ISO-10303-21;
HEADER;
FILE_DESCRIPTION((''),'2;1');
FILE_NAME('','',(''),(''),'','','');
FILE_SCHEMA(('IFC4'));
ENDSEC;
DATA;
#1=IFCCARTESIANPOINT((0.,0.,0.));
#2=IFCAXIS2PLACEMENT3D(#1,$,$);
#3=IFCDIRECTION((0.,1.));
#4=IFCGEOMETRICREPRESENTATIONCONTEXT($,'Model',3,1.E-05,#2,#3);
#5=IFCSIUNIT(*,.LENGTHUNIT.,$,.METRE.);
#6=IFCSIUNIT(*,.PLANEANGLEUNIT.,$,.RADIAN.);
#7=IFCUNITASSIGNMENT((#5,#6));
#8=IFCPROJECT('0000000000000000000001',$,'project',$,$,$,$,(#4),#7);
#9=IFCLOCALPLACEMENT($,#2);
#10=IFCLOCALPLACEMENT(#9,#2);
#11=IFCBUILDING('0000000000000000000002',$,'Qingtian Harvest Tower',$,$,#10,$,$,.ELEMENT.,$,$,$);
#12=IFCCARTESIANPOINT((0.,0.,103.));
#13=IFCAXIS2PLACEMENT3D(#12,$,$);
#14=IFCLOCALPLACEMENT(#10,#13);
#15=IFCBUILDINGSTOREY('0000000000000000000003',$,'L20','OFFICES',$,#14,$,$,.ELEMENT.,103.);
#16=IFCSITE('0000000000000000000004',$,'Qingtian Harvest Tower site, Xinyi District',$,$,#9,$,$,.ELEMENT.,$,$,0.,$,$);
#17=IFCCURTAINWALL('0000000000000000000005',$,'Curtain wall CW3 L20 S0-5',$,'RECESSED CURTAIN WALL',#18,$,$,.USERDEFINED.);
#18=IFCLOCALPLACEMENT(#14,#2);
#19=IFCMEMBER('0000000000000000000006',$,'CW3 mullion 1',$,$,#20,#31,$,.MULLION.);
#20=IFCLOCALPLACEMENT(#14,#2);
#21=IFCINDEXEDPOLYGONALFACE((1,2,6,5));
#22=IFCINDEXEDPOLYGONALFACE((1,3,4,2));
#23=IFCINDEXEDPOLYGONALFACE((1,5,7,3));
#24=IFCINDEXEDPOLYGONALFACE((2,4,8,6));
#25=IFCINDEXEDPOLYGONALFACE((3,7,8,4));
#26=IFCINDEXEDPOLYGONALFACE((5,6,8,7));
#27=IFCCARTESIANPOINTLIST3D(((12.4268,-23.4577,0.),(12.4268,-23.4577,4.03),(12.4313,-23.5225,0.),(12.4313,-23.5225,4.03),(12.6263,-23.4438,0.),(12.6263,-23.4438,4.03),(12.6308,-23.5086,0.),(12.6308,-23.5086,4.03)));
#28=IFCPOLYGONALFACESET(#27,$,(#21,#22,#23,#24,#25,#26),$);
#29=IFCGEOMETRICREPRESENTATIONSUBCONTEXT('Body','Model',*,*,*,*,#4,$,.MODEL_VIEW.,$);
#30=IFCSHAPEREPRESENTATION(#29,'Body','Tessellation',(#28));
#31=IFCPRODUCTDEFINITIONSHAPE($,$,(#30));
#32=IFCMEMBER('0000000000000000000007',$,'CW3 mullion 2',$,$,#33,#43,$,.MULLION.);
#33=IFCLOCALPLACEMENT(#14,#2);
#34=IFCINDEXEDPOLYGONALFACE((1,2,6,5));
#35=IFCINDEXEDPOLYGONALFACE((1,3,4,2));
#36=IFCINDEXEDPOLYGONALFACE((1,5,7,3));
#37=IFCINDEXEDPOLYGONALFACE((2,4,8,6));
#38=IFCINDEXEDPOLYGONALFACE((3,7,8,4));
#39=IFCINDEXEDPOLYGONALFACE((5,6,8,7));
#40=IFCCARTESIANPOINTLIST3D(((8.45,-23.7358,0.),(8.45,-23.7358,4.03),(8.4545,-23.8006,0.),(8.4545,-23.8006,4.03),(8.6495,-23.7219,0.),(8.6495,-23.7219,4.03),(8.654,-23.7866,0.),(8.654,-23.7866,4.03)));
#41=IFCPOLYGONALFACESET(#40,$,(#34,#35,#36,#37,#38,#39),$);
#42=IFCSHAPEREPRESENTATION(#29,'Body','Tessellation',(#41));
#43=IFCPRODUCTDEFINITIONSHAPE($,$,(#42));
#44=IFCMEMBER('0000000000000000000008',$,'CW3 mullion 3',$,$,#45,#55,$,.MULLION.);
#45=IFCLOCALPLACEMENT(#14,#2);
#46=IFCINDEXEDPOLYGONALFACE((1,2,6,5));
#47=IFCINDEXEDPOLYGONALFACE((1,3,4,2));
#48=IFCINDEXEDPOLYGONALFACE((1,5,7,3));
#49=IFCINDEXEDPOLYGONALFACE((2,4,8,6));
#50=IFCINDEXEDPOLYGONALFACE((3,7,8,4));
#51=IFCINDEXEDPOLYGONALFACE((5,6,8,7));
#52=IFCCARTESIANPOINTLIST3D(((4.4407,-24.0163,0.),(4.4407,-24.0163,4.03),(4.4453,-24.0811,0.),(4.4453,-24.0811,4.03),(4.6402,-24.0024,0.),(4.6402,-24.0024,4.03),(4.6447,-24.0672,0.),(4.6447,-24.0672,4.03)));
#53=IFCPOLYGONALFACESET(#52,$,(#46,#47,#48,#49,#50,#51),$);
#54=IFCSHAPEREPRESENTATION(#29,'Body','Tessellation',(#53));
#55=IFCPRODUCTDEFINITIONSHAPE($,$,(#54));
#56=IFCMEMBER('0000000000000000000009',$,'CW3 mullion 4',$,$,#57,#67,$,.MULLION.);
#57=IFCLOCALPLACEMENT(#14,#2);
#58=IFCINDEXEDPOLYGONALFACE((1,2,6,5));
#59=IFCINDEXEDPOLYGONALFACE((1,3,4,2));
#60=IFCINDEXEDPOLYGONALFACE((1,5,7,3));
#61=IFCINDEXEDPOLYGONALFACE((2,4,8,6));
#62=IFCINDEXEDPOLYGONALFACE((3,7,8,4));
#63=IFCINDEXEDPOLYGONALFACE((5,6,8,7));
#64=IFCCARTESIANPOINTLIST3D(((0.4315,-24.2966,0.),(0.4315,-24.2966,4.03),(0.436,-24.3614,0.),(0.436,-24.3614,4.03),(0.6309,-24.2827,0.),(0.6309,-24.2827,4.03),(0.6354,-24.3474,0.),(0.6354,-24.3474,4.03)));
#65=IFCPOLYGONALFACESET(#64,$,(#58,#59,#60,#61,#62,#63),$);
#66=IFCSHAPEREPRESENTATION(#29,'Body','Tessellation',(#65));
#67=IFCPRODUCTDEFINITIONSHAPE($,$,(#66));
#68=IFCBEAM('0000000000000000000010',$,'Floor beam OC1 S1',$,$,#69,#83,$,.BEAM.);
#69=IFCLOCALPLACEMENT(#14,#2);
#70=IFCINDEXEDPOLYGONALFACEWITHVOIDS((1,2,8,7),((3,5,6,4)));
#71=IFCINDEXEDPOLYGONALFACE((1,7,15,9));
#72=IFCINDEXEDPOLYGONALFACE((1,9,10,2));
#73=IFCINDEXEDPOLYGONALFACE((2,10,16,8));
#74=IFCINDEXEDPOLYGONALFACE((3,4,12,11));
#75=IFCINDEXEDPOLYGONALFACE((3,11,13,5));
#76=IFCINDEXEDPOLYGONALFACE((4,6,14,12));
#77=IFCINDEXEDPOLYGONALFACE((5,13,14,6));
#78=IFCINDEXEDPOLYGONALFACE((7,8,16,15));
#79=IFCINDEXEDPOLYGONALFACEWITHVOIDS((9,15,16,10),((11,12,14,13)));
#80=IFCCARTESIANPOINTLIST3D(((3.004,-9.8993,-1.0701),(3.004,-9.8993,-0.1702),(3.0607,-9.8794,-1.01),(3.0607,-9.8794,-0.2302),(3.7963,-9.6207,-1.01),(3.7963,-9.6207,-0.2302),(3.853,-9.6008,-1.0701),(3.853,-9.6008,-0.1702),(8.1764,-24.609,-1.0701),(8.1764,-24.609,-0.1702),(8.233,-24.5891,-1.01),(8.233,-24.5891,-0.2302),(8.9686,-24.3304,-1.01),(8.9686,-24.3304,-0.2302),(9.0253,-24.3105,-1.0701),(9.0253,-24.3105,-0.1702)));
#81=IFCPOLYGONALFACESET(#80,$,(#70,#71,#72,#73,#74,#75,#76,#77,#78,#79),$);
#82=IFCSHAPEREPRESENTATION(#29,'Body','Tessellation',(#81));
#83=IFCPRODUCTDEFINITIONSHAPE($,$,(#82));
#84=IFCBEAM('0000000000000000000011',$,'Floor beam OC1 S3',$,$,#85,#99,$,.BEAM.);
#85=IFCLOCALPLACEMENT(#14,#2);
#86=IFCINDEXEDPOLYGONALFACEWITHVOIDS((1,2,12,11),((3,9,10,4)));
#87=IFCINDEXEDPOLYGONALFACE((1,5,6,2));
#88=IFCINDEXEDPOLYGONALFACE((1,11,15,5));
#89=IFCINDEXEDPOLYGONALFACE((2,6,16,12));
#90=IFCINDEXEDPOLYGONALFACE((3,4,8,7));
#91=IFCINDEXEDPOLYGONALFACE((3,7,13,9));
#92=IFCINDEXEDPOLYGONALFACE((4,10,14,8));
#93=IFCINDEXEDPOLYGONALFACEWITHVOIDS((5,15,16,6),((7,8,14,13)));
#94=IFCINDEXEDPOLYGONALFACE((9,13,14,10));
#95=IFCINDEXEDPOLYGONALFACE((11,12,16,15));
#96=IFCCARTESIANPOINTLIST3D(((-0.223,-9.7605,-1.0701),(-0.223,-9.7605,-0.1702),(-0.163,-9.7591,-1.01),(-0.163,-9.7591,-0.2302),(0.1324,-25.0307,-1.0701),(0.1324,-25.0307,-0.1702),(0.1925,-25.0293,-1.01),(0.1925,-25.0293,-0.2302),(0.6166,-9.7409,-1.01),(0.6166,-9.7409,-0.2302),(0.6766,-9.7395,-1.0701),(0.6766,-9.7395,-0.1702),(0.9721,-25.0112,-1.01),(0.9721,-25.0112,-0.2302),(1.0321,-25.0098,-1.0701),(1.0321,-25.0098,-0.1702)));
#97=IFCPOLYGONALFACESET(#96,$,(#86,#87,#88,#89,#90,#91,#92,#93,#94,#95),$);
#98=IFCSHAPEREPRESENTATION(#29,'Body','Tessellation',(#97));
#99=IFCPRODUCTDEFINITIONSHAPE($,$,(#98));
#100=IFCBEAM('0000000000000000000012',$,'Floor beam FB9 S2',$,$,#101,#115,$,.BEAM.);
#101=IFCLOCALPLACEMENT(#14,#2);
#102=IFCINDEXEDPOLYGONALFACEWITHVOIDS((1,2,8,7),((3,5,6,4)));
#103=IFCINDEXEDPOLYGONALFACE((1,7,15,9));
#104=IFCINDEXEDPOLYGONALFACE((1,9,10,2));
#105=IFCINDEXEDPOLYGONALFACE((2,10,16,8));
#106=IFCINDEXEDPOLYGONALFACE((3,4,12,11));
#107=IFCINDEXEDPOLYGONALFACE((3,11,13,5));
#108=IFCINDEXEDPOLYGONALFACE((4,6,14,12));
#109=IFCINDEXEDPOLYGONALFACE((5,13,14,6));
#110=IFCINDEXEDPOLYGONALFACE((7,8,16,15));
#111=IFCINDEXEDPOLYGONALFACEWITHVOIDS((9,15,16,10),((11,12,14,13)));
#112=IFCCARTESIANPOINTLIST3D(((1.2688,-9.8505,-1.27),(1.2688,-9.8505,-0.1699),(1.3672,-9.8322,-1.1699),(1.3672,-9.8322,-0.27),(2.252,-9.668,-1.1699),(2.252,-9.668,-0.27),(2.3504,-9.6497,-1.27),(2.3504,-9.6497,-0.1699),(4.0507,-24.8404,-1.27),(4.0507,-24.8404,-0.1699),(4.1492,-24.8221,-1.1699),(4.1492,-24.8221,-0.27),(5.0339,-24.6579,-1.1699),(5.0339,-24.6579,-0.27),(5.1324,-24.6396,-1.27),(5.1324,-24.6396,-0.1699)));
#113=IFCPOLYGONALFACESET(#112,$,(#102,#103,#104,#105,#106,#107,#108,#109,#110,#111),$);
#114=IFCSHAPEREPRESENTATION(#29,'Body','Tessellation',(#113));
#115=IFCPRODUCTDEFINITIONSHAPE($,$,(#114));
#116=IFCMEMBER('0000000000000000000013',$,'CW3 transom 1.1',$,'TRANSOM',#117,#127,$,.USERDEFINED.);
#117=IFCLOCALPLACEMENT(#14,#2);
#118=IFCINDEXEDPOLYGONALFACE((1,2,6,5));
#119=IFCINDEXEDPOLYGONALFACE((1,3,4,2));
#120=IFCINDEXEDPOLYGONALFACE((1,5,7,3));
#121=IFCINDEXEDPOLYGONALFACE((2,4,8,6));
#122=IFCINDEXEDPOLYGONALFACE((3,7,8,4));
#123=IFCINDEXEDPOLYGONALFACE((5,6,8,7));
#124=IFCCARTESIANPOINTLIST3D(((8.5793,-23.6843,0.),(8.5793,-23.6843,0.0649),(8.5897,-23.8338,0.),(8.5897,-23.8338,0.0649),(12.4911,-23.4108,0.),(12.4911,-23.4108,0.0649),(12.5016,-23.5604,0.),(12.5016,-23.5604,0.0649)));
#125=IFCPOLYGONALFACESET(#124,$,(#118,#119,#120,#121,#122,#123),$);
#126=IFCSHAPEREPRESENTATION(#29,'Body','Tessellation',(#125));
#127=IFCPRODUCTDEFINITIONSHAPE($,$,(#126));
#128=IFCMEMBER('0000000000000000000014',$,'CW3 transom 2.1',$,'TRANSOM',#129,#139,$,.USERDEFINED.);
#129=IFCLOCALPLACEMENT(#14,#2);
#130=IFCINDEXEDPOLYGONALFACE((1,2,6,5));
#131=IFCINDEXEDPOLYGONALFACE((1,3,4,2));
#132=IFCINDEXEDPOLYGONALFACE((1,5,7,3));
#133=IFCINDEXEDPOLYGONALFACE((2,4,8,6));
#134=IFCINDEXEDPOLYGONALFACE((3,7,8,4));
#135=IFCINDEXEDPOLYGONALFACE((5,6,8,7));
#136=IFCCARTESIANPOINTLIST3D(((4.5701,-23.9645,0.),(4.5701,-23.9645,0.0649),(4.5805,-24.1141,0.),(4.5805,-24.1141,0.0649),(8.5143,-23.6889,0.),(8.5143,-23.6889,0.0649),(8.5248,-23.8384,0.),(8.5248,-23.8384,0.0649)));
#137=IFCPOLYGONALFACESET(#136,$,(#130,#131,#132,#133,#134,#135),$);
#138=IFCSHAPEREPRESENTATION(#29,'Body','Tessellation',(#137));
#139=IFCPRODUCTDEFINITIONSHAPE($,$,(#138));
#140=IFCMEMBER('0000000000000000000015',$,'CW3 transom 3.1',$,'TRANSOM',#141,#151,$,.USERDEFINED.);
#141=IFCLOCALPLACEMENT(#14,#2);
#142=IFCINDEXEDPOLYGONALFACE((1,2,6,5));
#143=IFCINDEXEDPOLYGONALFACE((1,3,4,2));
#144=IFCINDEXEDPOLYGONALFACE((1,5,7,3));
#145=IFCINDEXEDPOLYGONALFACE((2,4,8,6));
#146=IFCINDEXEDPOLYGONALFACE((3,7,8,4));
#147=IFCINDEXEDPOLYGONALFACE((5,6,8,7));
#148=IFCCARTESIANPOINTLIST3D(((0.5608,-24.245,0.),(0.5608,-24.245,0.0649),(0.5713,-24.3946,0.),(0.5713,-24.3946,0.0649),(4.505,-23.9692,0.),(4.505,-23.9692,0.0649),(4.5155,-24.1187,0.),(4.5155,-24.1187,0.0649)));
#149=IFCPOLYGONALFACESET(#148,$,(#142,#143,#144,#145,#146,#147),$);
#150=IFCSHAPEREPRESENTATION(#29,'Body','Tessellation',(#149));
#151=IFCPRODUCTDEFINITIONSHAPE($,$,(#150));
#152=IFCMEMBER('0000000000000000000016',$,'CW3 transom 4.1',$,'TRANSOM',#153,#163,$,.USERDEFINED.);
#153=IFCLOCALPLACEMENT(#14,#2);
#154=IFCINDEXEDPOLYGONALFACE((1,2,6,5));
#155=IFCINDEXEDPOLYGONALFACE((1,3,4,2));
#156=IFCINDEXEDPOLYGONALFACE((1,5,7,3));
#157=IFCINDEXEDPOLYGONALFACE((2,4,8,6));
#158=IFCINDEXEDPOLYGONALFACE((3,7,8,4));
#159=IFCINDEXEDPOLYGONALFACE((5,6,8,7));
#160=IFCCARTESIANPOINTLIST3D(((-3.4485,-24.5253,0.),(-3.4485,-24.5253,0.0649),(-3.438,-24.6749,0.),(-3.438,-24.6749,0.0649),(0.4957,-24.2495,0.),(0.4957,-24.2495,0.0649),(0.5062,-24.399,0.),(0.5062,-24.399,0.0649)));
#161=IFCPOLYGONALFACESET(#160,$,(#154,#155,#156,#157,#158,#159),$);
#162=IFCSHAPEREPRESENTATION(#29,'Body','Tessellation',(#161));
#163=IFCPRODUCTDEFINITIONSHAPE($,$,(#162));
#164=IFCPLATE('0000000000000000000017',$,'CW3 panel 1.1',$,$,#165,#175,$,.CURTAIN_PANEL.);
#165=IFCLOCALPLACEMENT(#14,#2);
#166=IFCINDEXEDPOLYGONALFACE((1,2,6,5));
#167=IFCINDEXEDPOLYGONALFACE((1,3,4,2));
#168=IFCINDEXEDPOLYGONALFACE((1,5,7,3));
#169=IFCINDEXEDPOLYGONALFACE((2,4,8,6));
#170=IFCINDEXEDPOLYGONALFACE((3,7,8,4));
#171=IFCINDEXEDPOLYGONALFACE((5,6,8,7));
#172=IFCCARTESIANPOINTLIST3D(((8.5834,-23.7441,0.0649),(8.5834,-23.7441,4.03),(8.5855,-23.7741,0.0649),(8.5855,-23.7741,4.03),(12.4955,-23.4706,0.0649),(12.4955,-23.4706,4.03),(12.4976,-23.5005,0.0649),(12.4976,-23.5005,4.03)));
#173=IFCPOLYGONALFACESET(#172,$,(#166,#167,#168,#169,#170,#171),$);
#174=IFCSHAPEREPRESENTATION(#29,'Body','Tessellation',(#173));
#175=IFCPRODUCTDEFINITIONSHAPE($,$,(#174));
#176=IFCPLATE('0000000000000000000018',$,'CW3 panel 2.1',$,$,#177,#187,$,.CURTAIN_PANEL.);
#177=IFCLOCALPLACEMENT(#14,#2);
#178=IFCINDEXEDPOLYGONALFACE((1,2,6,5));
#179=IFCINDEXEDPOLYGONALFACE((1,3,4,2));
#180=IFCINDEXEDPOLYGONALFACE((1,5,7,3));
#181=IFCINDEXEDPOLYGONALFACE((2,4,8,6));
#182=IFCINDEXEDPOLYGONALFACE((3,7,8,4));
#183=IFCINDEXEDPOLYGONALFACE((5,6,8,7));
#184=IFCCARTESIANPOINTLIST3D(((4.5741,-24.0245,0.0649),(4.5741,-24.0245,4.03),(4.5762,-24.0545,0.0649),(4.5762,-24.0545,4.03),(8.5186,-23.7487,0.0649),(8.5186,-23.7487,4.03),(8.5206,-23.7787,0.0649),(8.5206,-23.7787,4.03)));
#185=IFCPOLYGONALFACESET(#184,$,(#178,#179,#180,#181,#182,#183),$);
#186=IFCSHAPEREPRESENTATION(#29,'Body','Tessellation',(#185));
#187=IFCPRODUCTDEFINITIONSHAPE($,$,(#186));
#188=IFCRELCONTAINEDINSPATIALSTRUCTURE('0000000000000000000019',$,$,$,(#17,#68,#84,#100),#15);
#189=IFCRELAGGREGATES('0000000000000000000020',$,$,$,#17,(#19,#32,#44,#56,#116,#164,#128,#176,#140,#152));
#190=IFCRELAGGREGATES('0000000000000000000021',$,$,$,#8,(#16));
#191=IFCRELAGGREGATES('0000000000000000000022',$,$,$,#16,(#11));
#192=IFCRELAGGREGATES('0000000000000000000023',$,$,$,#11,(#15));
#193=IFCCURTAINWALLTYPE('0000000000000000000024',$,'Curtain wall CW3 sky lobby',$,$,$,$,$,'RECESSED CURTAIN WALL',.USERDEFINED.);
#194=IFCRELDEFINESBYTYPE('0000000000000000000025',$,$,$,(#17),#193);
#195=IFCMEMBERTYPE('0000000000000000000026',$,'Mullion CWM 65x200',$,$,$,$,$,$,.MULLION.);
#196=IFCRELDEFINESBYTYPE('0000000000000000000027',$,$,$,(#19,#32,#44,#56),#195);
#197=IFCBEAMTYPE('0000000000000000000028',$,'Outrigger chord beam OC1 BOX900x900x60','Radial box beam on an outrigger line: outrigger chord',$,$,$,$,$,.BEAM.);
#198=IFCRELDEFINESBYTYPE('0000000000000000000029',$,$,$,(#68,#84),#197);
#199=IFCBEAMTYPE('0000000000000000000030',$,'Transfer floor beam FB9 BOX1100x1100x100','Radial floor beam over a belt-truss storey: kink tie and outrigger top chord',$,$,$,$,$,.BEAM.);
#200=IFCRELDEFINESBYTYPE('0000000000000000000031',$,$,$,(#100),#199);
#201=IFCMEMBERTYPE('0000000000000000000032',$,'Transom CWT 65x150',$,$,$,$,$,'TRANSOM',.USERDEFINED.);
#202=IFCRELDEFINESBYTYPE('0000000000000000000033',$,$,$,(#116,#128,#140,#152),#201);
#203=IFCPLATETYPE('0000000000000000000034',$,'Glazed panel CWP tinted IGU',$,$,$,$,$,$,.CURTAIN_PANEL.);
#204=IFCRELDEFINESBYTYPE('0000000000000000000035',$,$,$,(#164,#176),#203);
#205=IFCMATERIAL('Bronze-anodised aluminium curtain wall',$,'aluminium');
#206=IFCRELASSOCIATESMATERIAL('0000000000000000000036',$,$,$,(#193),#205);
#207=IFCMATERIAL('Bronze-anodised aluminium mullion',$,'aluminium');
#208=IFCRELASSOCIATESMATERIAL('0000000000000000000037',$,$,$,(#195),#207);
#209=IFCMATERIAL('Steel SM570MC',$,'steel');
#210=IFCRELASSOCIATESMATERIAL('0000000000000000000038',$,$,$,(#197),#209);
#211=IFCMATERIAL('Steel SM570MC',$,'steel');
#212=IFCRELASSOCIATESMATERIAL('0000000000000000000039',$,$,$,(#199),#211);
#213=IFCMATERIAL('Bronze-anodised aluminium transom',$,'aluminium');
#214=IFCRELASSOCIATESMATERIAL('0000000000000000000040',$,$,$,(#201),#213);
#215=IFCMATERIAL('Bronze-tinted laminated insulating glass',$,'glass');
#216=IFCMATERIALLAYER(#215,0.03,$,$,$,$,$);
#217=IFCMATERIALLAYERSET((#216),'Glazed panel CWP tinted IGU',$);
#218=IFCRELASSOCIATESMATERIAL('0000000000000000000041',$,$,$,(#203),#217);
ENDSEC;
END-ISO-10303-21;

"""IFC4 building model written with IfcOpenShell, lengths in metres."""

from ifc_helpers import new_model, si_unit, direction, frame, origin, origin_2d, place, context, subcontext, project, spatial, rectangle, hollow_rectangle, extrude, material, layer, layer_set, material_profile, profile_set, type_object, element, aggregate, save


model = new_model("IFC4")

# Units and contexts
model_context = context("Model", 3, precision=1e-05, world=origin(), true_north=direction((0.0, 1.0)))
body_context = subcontext(model_context, "Body", "Model", "MODEL_VIEW")
ifc_project = project(units=[si_unit("LENGTHUNIT", "METRE"), si_unit("PLANEANGLEUNIT", "RADIAN")], contexts=[model_context])

# Site, building, storey
site_placement = place(None, origin())
site = spatial("IfcSite", under=ifc_project, at=site_placement, Name="Qingtian Harvest Tower site, Xinyi District", CompositionType="ELEMENT", RefElevation=0.0)
building_placement = place(site_placement, origin())
building = spatial("IfcBuilding", under=site, at=building_placement, Name="Qingtian Harvest Tower", CompositionType="ELEMENT")
storey_placement = place(building_placement, frame((0.0, 0.0, 103.0)))
storey = spatial("IfcBuildingStorey", under=building, at=storey_placement, Name="L20", Description="OFFICES", CompositionType="ELEMENT", Elevation=103.0)

# Shared definitions
ifc_material_1 = material(Name="Bronze-anodised aluminium curtain wall", Category="aluminium")
curtain_wall_type = type_object("IfcCurtainWallType", Name="Curtain wall CW3 sky lobby", ElementType="RECESSED CURTAIN WALL", PredefinedType="USERDEFINED", material=ifc_material_1)
ifc_material_2 = material(Name="Bronze-anodised aluminium mullion", Category="aluminium")
ifc_material_profile_1 = material_profile(ifc_material_2, rectangle(XDim=0.0649, YDim=0.2, at=origin_2d()), Name="AL 65x200")
ifc_profile_set_1 = profile_set([ifc_material_profile_1], Name="Bronze-anodised aluminium mullion")
member_type_1 = type_object("IfcMemberType", Name="Mullion CWM 65x200", PredefinedType="MULLION", material=ifc_profile_set_1)

# Curtain wall, members
curtain_wall_1_placement = place(storey_placement, origin())
curtain_wall_1 = element("IfcCurtainWall", 1, at=curtain_wall_1_placement, inside=storey, type_object=curtain_wall_type, Name="Curtain wall CW3 L20 S0-5", ObjectType="RECESSED CURTAIN WALL", PredefinedType="USERDEFINED")
member_1_placement = place(storey_placement, frame((12.5288, -23.4832, 0.0), z_axis=(0.0, 0.0, 1.0), x_axis=(0.069756, -0.997564, 0.0)))
member_1 = element("IfcMember", 2, at=member_1_placement, type_object=member_type_1, Name="CW3 mullion 1", PredefinedType="MULLION", context=body_context, shape_type="SweptSolid", body=[
    extrude(rectangle(XDim=0.0649, YDim=0.2, at=origin_2d()), origin(), (0.0, 0.0, 1.0), 4.03),
])
member_2_placement = place(storey_placement, frame((8.552, -23.7612, 0.0), z_axis=(0.0, 0.0, 1.0), x_axis=(0.069756, -0.997564, 0.0)))
member_2 = element("IfcMember", 3, at=member_2_placement, type_object=member_type_1, Name="CW3 mullion 2", PredefinedType="MULLION", context=body_context, shape_type="SweptSolid", body=[
    extrude(rectangle(XDim=0.0649, YDim=0.2, at=origin_2d()), origin(), (0.0, 0.0, 1.0), 4.03),
])
member_3_placement = place(storey_placement, frame((4.5427, -24.0417, 0.0), z_axis=(0.0, 0.0, 1.0), x_axis=(0.069756, -0.997564, 0.0)))
member_3 = element("IfcMember", 4, at=member_3_placement, type_object=member_type_1, Name="CW3 mullion 3", PredefinedType="MULLION", context=body_context, shape_type="SweptSolid", body=[
    extrude(rectangle(XDim=0.0649, YDim=0.2, at=origin_2d()), origin(), (0.0, 0.0, 1.0), 4.03),
])
member_4_placement = place(storey_placement, frame((0.5334, -24.322, 0.0), z_axis=(0.0, 0.0, 1.0), x_axis=(0.069756, -0.997564, 0.0)))
member_4 = element("IfcMember", 5, at=member_4_placement, type_object=member_type_1, Name="CW3 mullion 4", PredefinedType="MULLION", context=body_context, shape_type="SweptSolid", body=[
    extrude(rectangle(XDim=0.0649, YDim=0.2, at=origin_2d()), origin(), (0.0, 0.0, 1.0), 4.03),
])

# Beams
ifc_material_3 = material(Name="Steel SM570MC", Category="steel")
ifc_material_profile_2 = material_profile(ifc_material_3, hollow_rectangle(XDim=0.8999, YDim=0.8999, WallThickness=0.0601, at=origin_2d()), Name="BOX900x900x60")
ifc_profile_set_2 = profile_set([ifc_material_profile_2], Name="Steel SM570MC")
beam_type_1 = type_object("IfcBeamType", Name="Outrigger chord beam OC1 BOX900x900x60", Description="Radial box beam on an outrigger line: outrigger chord", PredefinedType="BEAM", material=ifc_profile_set_2)
beam_1_placement = place(storey_placement, frame((8.6008, -24.4597, -0.6201), z_axis=(-0.331719, 0.943378, 0.0), x_axis=(-0.943378, -0.331719, 0.0)))
element("IfcBeam", 6, at=beam_1_placement, inside=storey, type_object=beam_type_1, Name="Floor beam OC1 S1", PredefinedType="BEAM", context=body_context, shape_type="SweptSolid", body=[
    extrude(hollow_rectangle(XDim=0.8999, YDim=0.8999, WallThickness=0.0601, at=origin_2d()), origin(), (0.0, 0.0, 1.0), 15.5925),
])
beam_2_placement = place(storey_placement, frame((0.5823, -25.0203, -0.6201), z_axis=(-0.023272, 0.999729, 0.0), x_axis=(-0.999729, -0.023272, 0.0)))
element("IfcBeam", 7, at=beam_2_placement, inside=storey, type_object=beam_type_1, Name="Floor beam OC1 S3", PredefinedType="BEAM", context=body_context, shape_type="SweptSolid", body=[
    extrude(hollow_rectangle(XDim=0.8999, YDim=0.8999, WallThickness=0.0601, at=origin_2d()), origin(), (0.0, 0.0, 1.0), 15.2744),
])
ifc_material_4 = material(Name="Steel SM570MC", Category="steel")
ifc_material_profile_3 = material_profile(ifc_material_4, hollow_rectangle(XDim=1.1001, YDim=1.1001, WallThickness=0.1001, at=origin_2d()), Name="BOX1100x1100x100")
ifc_profile_set_3 = profile_set([ifc_material_profile_3], Name="Steel SM570MC")
beam_type_2 = type_object("IfcBeamType", Name="Transfer floor beam FB9 BOX1100x1100x100", Description="Radial floor beam over a belt-truss storey: kink tie and outrigger top chord", PredefinedType="BEAM", material=ifc_profile_set_3)
beam_3_placement = place(storey_placement, frame((4.5916, -24.74, -0.72), z_axis=(-0.182473, 0.983211, 0.0), x_axis=(-0.983211, -0.182473, 0.0)))
element("IfcBeam", 8, at=beam_3_placement, inside=storey, type_object=beam_type_2, Name="Floor beam FB9 S2", PredefinedType="BEAM", context=body_context, shape_type="SweptSolid", body=[
    extrude(hollow_rectangle(XDim=1.1001, YDim=1.1001, WallThickness=0.1001, at=origin_2d()), origin(), (0.0, 0.0, 1.0), 15.2458),
])

# Members
ifc_material_5 = material(Name="Bronze-anodised aluminium transom", Category="aluminium")
ifc_material_profile_4 = material_profile(ifc_material_5, rectangle(XDim=0.1499, YDim=0.0649, at=origin_2d()), Name="AL 65x150")
ifc_profile_set_4 = profile_set([ifc_material_profile_4], Name="Bronze-anodised aluminium transom")
member_type_2 = type_object("IfcMemberType", Name="Transom CWT 65x150", ElementType="TRANSOM", PredefinedType="USERDEFINED", material=ifc_profile_set_4)
member_5_placement = place(storey_placement, frame((12.4963, -23.4856, 0.0325), z_axis=(-0.997566, -0.069729, 0.0), x_axis=(0.069729, -0.997566, 0.0)))
member_5 = element("IfcMember", 9, at=member_5_placement, type_object=member_type_2, Name="CW3 transom 1.1", ObjectType="TRANSOM", PredefinedType="USERDEFINED", context=body_context, shape_type="SweptSolid", body=[
    extrude(rectangle(XDim=0.1499, YDim=0.0649, at=origin_2d()), origin(), (0.0, 0.0, 1.0), 3.9214),
])
member_6_placement = place(storey_placement, frame((8.5195, -23.7637, 0.0325), z_axis=(-0.997567, -0.069711, 0.0), x_axis=(0.069711, -0.997567, 0.0)))
member_6 = element("IfcMember", 10, at=member_6_placement, type_object=member_type_2, Name="CW3 transom 2.1", ObjectType="TRANSOM", PredefinedType="USERDEFINED", context=body_context, shape_type="SweptSolid", body=[
    extrude(rectangle(XDim=0.1499, YDim=0.0649, at=origin_2d()), origin(), (0.0, 0.0, 1.0), 3.9539),
])
member_7_placement = place(storey_placement, frame((4.5103, -24.0439, 0.0325), z_axis=(-0.997563, -0.069773, 0.0), x_axis=(0.069773, -0.997563, 0.0)))
member_7 = element("IfcMember", 11, at=member_7_placement, type_object=member_type_2, Name="CW3 transom 3.1", ObjectType="TRANSOM", PredefinedType="USERDEFINED", context=body_context, shape_type="SweptSolid", body=[
    extrude(rectangle(XDim=0.1499, YDim=0.0649, at=origin_2d()), origin(), (0.0, 0.0, 1.0), 3.9539),
])
member_8_placement = place(storey_placement, frame((0.501, -24.3242, 0.0325), z_axis=(-0.997563, -0.069773, 0.0), x_axis=(0.069773, -0.997563, 0.0)))
member_8 = element("IfcMember", 12, at=member_8_placement, type_object=member_type_2, Name="CW3 transom 4.1", ObjectType="TRANSOM", PredefinedType="USERDEFINED", context=body_context, shape_type="SweptSolid", body=[
    extrude(rectangle(XDim=0.1499, YDim=0.0649, at=origin_2d()), origin(), (0.0, 0.0, 1.0), 3.9539),
])

# Plates
ifc_material_6 = material(Name="Bronze-tinted laminated insulating glass", Category="glass")
ifc_layer_1 = layer(ifc_material_6, 0.03)
ifc_layer_set_1 = layer_set([ifc_layer_1], Name="Glazed panel CWP tinted IGU")
plate_type = type_object("IfcPlateType", Name="Glazed panel CWP tinted IGU", PredefinedType="CURTAIN_PANEL", material=ifc_layer_set_1)
plate_1_placement = place(storey_placement, frame((10.5405, -23.6223, 0.0649), z_axis=(0.0, 0.0, 1.0), x_axis=(-0.997564, -0.069756, 0.0)))
plate_1 = element("IfcPlate", 13, at=plate_1_placement, type_object=plate_type, Name="CW3 panel 1.1", PredefinedType="CURTAIN_PANEL", context=body_context, shape_type="SweptSolid", body=[
    extrude(rectangle(XDim=3.9216, YDim=0.03, at=origin_2d()), origin(), (0.0, 0.0, 1.0), 3.9651),
])
plate_2_placement = place(storey_placement, frame((6.5474, -23.9016, 0.0649), z_axis=(0.0, 0.0, 1.0), x_axis=(-0.997564, -0.069756, 0.0)))
plate_2 = element("IfcPlate", 14, at=plate_2_placement, type_object=plate_type, Name="CW3 panel 2.1", PredefinedType="CURTAIN_PANEL", context=body_context, shape_type="SweptSolid", body=[
    extrude(rectangle(XDim=3.9541, YDim=0.03, at=origin_2d()), origin(), (0.0, 0.0, 1.0), 3.9651),
])
aggregate(curtain_wall_1, [member_1, member_2, member_3, member_4, member_5, plate_1, member_6, plate_2, member_7, member_8])

save(model, "model.ifc")
